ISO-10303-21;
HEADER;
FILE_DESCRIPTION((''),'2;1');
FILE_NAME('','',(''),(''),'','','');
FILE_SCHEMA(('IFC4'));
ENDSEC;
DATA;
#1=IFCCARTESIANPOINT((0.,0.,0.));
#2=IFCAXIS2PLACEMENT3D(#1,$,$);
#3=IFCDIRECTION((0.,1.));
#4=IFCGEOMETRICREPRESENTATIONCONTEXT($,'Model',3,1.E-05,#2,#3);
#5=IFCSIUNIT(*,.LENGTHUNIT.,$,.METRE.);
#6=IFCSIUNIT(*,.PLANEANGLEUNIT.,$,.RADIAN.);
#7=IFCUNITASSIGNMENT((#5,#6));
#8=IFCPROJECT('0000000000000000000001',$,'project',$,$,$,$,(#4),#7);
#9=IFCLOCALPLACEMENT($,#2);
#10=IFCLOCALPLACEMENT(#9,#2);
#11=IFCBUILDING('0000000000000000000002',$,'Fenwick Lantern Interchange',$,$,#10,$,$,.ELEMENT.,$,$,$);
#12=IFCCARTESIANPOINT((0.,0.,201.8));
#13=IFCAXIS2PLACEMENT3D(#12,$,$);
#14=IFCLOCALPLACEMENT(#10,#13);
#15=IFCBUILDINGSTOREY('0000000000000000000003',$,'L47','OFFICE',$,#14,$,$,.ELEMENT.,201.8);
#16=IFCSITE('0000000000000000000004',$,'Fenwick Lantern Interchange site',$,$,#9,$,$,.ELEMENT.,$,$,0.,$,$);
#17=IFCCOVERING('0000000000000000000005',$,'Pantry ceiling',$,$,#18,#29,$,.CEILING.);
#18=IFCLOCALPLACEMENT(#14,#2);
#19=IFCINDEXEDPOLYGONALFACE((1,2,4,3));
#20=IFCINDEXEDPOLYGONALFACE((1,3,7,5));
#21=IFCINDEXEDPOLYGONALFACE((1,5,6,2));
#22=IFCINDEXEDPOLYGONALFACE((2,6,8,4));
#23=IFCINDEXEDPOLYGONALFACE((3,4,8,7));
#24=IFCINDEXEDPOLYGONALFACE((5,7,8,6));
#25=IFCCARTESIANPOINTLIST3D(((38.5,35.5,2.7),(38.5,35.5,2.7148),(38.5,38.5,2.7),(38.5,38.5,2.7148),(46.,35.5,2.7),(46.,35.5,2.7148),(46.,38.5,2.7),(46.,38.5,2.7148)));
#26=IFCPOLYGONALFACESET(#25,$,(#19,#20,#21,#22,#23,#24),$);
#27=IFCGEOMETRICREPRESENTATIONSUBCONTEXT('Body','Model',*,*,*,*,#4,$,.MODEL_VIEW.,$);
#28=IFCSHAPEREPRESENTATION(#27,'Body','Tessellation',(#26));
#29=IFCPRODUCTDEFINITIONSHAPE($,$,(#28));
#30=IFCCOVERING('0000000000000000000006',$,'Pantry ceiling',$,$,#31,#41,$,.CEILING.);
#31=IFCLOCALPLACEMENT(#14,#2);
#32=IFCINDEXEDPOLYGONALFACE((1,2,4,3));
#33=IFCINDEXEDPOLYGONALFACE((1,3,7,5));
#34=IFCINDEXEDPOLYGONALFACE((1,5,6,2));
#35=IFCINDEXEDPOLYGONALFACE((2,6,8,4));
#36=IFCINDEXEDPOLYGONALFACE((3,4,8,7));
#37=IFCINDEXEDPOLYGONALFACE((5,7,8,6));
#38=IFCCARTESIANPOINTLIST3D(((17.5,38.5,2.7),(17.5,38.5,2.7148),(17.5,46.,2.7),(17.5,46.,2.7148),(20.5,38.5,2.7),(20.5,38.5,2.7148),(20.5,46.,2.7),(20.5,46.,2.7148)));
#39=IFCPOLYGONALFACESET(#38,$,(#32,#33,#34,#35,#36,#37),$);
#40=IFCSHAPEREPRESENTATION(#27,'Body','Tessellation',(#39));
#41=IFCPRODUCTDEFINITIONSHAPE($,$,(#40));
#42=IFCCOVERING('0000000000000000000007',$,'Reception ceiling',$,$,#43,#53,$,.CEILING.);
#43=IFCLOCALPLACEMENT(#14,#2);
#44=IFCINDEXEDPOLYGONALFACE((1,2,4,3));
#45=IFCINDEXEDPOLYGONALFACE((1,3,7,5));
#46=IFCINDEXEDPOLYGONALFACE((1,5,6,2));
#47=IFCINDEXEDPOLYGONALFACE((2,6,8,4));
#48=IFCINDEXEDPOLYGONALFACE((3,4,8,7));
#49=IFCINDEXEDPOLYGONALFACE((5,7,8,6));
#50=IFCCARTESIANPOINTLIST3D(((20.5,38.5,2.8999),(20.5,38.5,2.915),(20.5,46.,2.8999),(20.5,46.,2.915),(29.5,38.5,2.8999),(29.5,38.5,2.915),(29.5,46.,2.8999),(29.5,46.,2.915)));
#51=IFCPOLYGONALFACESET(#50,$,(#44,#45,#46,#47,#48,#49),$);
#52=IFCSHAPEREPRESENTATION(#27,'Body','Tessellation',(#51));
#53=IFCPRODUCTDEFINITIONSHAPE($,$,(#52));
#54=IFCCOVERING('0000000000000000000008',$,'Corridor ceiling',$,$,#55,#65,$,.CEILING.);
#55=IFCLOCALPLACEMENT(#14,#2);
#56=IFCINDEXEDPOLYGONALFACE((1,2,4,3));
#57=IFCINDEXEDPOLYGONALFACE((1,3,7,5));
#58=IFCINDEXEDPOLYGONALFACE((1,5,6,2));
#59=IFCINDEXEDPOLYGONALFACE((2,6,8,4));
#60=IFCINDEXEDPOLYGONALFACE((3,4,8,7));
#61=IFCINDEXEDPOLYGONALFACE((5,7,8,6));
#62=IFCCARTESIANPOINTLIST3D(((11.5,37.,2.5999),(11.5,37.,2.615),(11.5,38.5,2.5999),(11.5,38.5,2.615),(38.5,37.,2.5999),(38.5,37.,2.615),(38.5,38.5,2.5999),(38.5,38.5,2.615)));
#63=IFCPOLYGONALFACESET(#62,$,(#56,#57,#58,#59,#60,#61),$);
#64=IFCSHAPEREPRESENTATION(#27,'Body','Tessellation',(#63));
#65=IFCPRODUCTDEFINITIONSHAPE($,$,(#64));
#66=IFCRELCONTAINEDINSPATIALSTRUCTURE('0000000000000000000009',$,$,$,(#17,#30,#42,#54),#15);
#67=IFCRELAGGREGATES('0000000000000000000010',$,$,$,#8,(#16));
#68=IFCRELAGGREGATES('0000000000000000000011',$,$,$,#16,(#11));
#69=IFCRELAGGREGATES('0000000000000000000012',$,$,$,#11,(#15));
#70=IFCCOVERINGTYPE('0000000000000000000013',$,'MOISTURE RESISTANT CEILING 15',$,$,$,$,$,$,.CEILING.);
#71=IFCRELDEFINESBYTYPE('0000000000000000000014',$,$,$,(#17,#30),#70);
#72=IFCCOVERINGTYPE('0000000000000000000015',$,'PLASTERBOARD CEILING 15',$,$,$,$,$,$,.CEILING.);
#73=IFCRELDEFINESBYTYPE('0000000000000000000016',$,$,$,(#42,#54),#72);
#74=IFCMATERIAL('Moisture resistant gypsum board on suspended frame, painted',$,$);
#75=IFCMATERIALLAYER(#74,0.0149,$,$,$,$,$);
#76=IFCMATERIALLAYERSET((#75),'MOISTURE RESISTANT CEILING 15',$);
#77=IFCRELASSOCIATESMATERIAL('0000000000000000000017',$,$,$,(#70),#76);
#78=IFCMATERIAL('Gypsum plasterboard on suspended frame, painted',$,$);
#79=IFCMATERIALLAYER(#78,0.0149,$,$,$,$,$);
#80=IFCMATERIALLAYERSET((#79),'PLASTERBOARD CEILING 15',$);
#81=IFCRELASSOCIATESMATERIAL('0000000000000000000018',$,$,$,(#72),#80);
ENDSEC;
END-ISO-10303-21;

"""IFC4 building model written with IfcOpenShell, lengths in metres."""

from ifc_helpers import new_model, si_unit, direction, frame, origin, place, context, subcontext, project, spatial, polyline, outline, extrude, material, layer, layer_set, type_object, element, save


model = new_model("IFC4")

# Units and contexts
model_context = context("Model", 3, precision=1e-05, world=origin(), true_north=direction((0.0, 1.0)))
body_context = subcontext(model_context, "Body", "Model", "MODEL_VIEW")
ifc_project = project(units=[si_unit("LENGTHUNIT", "METRE"), si_unit("PLANEANGLEUNIT", "RADIAN")], contexts=[model_context])

# Site, building, storey
site_placement = place(None, origin())
site = spatial("IfcSite", under=ifc_project, at=site_placement, Name="Fenwick Lantern Interchange site", CompositionType="ELEMENT", RefElevation=0.0)
building_placement = place(site_placement, origin())
building = spatial("IfcBuilding", under=site, at=building_placement, Name="Fenwick Lantern Interchange", CompositionType="ELEMENT")
storey_placement = place(building_placement, frame((0.0, 0.0, 201.8)))
storey = spatial("IfcBuildingStorey", under=building, at=storey_placement, Name="L47", Description="OFFICE", CompositionType="ELEMENT", Elevation=201.8)

# Coverings
ifc_material_1 = material(Name="Moisture resistant gypsum board on suspended frame, painted")
ifc_layer_1 = layer(ifc_material_1, 0.0149)
ifc_layer_set_1 = layer_set([ifc_layer_1], Name="MOISTURE RESISTANT CEILING 15")
covering_type_1 = type_object("IfcCoveringType", Name="MOISTURE RESISTANT CEILING 15", PredefinedType="CEILING", material=ifc_layer_set_1)
covering_1_placement = place(storey_placement, frame((0.0, 0.0, 2.7)))
element("IfcCovering", 1, at=covering_1_placement, inside=storey, type_object=covering_type_1, Name="Pantry ceiling", PredefinedType="CEILING", context=body_context, shape_type="SweptSolid", body=[
    extrude(outline(polyline([(46.0, 35.5), (46.0, 38.5), (38.5, 38.5), (38.5, 35.5), (46.0, 35.5)])), origin(), (0.0, 0.0, 1.0), 0.0149),
])
covering_2_placement = place(storey_placement, frame((0.0, 0.0, 2.7)))
element("IfcCovering", 2, at=covering_2_placement, inside=storey, type_object=covering_type_1, Name="Pantry ceiling", PredefinedType="CEILING", context=body_context, shape_type="SweptSolid", body=[
    extrude(outline(polyline([(20.5, 46.0), (17.5, 46.0), (17.5, 38.5), (20.5, 38.5), (20.5, 46.0)])), origin(), (0.0, 0.0, 1.0), 0.0149),
])
ifc_material_2 = material(Name="Gypsum plasterboard on suspended frame, painted")
ifc_layer_2 = layer(ifc_material_2, 0.0149)
ifc_layer_set_2 = layer_set([ifc_layer_2], Name="PLASTERBOARD CEILING 15")
covering_type_2 = type_object("IfcCoveringType", Name="PLASTERBOARD CEILING 15", PredefinedType="CEILING", material=ifc_layer_set_2)
covering_3_placement = place(storey_placement, frame((0.0, 0.0, 2.8999)))
element("IfcCovering", 3, at=covering_3_placement, inside=storey, type_object=covering_type_2, Name="Reception ceiling", PredefinedType="CEILING", context=body_context, shape_type="SweptSolid", body=[
    extrude(outline(polyline([(29.5, 46.0), (20.5, 46.0), (20.5, 38.5), (29.5, 38.5), (29.5, 46.0)])), origin(), (0.0, 0.0, 1.0), 0.0151),
])
covering_4_placement = place(storey_placement, frame((0.0, 0.0, 2.5999)))
element("IfcCovering", 4, at=covering_4_placement, inside=storey, type_object=covering_type_2, Name="Corridor ceiling", PredefinedType="CEILING", context=body_context, shape_type="SweptSolid", body=[
    extrude(outline(polyline([(11.5, 38.5), (11.5, 37.0), (38.5, 37.0), (38.5, 38.5), (11.5, 38.5)])), origin(), (0.0, 0.0, 1.0), 0.0151),
])

save(model, "model.ifc")
